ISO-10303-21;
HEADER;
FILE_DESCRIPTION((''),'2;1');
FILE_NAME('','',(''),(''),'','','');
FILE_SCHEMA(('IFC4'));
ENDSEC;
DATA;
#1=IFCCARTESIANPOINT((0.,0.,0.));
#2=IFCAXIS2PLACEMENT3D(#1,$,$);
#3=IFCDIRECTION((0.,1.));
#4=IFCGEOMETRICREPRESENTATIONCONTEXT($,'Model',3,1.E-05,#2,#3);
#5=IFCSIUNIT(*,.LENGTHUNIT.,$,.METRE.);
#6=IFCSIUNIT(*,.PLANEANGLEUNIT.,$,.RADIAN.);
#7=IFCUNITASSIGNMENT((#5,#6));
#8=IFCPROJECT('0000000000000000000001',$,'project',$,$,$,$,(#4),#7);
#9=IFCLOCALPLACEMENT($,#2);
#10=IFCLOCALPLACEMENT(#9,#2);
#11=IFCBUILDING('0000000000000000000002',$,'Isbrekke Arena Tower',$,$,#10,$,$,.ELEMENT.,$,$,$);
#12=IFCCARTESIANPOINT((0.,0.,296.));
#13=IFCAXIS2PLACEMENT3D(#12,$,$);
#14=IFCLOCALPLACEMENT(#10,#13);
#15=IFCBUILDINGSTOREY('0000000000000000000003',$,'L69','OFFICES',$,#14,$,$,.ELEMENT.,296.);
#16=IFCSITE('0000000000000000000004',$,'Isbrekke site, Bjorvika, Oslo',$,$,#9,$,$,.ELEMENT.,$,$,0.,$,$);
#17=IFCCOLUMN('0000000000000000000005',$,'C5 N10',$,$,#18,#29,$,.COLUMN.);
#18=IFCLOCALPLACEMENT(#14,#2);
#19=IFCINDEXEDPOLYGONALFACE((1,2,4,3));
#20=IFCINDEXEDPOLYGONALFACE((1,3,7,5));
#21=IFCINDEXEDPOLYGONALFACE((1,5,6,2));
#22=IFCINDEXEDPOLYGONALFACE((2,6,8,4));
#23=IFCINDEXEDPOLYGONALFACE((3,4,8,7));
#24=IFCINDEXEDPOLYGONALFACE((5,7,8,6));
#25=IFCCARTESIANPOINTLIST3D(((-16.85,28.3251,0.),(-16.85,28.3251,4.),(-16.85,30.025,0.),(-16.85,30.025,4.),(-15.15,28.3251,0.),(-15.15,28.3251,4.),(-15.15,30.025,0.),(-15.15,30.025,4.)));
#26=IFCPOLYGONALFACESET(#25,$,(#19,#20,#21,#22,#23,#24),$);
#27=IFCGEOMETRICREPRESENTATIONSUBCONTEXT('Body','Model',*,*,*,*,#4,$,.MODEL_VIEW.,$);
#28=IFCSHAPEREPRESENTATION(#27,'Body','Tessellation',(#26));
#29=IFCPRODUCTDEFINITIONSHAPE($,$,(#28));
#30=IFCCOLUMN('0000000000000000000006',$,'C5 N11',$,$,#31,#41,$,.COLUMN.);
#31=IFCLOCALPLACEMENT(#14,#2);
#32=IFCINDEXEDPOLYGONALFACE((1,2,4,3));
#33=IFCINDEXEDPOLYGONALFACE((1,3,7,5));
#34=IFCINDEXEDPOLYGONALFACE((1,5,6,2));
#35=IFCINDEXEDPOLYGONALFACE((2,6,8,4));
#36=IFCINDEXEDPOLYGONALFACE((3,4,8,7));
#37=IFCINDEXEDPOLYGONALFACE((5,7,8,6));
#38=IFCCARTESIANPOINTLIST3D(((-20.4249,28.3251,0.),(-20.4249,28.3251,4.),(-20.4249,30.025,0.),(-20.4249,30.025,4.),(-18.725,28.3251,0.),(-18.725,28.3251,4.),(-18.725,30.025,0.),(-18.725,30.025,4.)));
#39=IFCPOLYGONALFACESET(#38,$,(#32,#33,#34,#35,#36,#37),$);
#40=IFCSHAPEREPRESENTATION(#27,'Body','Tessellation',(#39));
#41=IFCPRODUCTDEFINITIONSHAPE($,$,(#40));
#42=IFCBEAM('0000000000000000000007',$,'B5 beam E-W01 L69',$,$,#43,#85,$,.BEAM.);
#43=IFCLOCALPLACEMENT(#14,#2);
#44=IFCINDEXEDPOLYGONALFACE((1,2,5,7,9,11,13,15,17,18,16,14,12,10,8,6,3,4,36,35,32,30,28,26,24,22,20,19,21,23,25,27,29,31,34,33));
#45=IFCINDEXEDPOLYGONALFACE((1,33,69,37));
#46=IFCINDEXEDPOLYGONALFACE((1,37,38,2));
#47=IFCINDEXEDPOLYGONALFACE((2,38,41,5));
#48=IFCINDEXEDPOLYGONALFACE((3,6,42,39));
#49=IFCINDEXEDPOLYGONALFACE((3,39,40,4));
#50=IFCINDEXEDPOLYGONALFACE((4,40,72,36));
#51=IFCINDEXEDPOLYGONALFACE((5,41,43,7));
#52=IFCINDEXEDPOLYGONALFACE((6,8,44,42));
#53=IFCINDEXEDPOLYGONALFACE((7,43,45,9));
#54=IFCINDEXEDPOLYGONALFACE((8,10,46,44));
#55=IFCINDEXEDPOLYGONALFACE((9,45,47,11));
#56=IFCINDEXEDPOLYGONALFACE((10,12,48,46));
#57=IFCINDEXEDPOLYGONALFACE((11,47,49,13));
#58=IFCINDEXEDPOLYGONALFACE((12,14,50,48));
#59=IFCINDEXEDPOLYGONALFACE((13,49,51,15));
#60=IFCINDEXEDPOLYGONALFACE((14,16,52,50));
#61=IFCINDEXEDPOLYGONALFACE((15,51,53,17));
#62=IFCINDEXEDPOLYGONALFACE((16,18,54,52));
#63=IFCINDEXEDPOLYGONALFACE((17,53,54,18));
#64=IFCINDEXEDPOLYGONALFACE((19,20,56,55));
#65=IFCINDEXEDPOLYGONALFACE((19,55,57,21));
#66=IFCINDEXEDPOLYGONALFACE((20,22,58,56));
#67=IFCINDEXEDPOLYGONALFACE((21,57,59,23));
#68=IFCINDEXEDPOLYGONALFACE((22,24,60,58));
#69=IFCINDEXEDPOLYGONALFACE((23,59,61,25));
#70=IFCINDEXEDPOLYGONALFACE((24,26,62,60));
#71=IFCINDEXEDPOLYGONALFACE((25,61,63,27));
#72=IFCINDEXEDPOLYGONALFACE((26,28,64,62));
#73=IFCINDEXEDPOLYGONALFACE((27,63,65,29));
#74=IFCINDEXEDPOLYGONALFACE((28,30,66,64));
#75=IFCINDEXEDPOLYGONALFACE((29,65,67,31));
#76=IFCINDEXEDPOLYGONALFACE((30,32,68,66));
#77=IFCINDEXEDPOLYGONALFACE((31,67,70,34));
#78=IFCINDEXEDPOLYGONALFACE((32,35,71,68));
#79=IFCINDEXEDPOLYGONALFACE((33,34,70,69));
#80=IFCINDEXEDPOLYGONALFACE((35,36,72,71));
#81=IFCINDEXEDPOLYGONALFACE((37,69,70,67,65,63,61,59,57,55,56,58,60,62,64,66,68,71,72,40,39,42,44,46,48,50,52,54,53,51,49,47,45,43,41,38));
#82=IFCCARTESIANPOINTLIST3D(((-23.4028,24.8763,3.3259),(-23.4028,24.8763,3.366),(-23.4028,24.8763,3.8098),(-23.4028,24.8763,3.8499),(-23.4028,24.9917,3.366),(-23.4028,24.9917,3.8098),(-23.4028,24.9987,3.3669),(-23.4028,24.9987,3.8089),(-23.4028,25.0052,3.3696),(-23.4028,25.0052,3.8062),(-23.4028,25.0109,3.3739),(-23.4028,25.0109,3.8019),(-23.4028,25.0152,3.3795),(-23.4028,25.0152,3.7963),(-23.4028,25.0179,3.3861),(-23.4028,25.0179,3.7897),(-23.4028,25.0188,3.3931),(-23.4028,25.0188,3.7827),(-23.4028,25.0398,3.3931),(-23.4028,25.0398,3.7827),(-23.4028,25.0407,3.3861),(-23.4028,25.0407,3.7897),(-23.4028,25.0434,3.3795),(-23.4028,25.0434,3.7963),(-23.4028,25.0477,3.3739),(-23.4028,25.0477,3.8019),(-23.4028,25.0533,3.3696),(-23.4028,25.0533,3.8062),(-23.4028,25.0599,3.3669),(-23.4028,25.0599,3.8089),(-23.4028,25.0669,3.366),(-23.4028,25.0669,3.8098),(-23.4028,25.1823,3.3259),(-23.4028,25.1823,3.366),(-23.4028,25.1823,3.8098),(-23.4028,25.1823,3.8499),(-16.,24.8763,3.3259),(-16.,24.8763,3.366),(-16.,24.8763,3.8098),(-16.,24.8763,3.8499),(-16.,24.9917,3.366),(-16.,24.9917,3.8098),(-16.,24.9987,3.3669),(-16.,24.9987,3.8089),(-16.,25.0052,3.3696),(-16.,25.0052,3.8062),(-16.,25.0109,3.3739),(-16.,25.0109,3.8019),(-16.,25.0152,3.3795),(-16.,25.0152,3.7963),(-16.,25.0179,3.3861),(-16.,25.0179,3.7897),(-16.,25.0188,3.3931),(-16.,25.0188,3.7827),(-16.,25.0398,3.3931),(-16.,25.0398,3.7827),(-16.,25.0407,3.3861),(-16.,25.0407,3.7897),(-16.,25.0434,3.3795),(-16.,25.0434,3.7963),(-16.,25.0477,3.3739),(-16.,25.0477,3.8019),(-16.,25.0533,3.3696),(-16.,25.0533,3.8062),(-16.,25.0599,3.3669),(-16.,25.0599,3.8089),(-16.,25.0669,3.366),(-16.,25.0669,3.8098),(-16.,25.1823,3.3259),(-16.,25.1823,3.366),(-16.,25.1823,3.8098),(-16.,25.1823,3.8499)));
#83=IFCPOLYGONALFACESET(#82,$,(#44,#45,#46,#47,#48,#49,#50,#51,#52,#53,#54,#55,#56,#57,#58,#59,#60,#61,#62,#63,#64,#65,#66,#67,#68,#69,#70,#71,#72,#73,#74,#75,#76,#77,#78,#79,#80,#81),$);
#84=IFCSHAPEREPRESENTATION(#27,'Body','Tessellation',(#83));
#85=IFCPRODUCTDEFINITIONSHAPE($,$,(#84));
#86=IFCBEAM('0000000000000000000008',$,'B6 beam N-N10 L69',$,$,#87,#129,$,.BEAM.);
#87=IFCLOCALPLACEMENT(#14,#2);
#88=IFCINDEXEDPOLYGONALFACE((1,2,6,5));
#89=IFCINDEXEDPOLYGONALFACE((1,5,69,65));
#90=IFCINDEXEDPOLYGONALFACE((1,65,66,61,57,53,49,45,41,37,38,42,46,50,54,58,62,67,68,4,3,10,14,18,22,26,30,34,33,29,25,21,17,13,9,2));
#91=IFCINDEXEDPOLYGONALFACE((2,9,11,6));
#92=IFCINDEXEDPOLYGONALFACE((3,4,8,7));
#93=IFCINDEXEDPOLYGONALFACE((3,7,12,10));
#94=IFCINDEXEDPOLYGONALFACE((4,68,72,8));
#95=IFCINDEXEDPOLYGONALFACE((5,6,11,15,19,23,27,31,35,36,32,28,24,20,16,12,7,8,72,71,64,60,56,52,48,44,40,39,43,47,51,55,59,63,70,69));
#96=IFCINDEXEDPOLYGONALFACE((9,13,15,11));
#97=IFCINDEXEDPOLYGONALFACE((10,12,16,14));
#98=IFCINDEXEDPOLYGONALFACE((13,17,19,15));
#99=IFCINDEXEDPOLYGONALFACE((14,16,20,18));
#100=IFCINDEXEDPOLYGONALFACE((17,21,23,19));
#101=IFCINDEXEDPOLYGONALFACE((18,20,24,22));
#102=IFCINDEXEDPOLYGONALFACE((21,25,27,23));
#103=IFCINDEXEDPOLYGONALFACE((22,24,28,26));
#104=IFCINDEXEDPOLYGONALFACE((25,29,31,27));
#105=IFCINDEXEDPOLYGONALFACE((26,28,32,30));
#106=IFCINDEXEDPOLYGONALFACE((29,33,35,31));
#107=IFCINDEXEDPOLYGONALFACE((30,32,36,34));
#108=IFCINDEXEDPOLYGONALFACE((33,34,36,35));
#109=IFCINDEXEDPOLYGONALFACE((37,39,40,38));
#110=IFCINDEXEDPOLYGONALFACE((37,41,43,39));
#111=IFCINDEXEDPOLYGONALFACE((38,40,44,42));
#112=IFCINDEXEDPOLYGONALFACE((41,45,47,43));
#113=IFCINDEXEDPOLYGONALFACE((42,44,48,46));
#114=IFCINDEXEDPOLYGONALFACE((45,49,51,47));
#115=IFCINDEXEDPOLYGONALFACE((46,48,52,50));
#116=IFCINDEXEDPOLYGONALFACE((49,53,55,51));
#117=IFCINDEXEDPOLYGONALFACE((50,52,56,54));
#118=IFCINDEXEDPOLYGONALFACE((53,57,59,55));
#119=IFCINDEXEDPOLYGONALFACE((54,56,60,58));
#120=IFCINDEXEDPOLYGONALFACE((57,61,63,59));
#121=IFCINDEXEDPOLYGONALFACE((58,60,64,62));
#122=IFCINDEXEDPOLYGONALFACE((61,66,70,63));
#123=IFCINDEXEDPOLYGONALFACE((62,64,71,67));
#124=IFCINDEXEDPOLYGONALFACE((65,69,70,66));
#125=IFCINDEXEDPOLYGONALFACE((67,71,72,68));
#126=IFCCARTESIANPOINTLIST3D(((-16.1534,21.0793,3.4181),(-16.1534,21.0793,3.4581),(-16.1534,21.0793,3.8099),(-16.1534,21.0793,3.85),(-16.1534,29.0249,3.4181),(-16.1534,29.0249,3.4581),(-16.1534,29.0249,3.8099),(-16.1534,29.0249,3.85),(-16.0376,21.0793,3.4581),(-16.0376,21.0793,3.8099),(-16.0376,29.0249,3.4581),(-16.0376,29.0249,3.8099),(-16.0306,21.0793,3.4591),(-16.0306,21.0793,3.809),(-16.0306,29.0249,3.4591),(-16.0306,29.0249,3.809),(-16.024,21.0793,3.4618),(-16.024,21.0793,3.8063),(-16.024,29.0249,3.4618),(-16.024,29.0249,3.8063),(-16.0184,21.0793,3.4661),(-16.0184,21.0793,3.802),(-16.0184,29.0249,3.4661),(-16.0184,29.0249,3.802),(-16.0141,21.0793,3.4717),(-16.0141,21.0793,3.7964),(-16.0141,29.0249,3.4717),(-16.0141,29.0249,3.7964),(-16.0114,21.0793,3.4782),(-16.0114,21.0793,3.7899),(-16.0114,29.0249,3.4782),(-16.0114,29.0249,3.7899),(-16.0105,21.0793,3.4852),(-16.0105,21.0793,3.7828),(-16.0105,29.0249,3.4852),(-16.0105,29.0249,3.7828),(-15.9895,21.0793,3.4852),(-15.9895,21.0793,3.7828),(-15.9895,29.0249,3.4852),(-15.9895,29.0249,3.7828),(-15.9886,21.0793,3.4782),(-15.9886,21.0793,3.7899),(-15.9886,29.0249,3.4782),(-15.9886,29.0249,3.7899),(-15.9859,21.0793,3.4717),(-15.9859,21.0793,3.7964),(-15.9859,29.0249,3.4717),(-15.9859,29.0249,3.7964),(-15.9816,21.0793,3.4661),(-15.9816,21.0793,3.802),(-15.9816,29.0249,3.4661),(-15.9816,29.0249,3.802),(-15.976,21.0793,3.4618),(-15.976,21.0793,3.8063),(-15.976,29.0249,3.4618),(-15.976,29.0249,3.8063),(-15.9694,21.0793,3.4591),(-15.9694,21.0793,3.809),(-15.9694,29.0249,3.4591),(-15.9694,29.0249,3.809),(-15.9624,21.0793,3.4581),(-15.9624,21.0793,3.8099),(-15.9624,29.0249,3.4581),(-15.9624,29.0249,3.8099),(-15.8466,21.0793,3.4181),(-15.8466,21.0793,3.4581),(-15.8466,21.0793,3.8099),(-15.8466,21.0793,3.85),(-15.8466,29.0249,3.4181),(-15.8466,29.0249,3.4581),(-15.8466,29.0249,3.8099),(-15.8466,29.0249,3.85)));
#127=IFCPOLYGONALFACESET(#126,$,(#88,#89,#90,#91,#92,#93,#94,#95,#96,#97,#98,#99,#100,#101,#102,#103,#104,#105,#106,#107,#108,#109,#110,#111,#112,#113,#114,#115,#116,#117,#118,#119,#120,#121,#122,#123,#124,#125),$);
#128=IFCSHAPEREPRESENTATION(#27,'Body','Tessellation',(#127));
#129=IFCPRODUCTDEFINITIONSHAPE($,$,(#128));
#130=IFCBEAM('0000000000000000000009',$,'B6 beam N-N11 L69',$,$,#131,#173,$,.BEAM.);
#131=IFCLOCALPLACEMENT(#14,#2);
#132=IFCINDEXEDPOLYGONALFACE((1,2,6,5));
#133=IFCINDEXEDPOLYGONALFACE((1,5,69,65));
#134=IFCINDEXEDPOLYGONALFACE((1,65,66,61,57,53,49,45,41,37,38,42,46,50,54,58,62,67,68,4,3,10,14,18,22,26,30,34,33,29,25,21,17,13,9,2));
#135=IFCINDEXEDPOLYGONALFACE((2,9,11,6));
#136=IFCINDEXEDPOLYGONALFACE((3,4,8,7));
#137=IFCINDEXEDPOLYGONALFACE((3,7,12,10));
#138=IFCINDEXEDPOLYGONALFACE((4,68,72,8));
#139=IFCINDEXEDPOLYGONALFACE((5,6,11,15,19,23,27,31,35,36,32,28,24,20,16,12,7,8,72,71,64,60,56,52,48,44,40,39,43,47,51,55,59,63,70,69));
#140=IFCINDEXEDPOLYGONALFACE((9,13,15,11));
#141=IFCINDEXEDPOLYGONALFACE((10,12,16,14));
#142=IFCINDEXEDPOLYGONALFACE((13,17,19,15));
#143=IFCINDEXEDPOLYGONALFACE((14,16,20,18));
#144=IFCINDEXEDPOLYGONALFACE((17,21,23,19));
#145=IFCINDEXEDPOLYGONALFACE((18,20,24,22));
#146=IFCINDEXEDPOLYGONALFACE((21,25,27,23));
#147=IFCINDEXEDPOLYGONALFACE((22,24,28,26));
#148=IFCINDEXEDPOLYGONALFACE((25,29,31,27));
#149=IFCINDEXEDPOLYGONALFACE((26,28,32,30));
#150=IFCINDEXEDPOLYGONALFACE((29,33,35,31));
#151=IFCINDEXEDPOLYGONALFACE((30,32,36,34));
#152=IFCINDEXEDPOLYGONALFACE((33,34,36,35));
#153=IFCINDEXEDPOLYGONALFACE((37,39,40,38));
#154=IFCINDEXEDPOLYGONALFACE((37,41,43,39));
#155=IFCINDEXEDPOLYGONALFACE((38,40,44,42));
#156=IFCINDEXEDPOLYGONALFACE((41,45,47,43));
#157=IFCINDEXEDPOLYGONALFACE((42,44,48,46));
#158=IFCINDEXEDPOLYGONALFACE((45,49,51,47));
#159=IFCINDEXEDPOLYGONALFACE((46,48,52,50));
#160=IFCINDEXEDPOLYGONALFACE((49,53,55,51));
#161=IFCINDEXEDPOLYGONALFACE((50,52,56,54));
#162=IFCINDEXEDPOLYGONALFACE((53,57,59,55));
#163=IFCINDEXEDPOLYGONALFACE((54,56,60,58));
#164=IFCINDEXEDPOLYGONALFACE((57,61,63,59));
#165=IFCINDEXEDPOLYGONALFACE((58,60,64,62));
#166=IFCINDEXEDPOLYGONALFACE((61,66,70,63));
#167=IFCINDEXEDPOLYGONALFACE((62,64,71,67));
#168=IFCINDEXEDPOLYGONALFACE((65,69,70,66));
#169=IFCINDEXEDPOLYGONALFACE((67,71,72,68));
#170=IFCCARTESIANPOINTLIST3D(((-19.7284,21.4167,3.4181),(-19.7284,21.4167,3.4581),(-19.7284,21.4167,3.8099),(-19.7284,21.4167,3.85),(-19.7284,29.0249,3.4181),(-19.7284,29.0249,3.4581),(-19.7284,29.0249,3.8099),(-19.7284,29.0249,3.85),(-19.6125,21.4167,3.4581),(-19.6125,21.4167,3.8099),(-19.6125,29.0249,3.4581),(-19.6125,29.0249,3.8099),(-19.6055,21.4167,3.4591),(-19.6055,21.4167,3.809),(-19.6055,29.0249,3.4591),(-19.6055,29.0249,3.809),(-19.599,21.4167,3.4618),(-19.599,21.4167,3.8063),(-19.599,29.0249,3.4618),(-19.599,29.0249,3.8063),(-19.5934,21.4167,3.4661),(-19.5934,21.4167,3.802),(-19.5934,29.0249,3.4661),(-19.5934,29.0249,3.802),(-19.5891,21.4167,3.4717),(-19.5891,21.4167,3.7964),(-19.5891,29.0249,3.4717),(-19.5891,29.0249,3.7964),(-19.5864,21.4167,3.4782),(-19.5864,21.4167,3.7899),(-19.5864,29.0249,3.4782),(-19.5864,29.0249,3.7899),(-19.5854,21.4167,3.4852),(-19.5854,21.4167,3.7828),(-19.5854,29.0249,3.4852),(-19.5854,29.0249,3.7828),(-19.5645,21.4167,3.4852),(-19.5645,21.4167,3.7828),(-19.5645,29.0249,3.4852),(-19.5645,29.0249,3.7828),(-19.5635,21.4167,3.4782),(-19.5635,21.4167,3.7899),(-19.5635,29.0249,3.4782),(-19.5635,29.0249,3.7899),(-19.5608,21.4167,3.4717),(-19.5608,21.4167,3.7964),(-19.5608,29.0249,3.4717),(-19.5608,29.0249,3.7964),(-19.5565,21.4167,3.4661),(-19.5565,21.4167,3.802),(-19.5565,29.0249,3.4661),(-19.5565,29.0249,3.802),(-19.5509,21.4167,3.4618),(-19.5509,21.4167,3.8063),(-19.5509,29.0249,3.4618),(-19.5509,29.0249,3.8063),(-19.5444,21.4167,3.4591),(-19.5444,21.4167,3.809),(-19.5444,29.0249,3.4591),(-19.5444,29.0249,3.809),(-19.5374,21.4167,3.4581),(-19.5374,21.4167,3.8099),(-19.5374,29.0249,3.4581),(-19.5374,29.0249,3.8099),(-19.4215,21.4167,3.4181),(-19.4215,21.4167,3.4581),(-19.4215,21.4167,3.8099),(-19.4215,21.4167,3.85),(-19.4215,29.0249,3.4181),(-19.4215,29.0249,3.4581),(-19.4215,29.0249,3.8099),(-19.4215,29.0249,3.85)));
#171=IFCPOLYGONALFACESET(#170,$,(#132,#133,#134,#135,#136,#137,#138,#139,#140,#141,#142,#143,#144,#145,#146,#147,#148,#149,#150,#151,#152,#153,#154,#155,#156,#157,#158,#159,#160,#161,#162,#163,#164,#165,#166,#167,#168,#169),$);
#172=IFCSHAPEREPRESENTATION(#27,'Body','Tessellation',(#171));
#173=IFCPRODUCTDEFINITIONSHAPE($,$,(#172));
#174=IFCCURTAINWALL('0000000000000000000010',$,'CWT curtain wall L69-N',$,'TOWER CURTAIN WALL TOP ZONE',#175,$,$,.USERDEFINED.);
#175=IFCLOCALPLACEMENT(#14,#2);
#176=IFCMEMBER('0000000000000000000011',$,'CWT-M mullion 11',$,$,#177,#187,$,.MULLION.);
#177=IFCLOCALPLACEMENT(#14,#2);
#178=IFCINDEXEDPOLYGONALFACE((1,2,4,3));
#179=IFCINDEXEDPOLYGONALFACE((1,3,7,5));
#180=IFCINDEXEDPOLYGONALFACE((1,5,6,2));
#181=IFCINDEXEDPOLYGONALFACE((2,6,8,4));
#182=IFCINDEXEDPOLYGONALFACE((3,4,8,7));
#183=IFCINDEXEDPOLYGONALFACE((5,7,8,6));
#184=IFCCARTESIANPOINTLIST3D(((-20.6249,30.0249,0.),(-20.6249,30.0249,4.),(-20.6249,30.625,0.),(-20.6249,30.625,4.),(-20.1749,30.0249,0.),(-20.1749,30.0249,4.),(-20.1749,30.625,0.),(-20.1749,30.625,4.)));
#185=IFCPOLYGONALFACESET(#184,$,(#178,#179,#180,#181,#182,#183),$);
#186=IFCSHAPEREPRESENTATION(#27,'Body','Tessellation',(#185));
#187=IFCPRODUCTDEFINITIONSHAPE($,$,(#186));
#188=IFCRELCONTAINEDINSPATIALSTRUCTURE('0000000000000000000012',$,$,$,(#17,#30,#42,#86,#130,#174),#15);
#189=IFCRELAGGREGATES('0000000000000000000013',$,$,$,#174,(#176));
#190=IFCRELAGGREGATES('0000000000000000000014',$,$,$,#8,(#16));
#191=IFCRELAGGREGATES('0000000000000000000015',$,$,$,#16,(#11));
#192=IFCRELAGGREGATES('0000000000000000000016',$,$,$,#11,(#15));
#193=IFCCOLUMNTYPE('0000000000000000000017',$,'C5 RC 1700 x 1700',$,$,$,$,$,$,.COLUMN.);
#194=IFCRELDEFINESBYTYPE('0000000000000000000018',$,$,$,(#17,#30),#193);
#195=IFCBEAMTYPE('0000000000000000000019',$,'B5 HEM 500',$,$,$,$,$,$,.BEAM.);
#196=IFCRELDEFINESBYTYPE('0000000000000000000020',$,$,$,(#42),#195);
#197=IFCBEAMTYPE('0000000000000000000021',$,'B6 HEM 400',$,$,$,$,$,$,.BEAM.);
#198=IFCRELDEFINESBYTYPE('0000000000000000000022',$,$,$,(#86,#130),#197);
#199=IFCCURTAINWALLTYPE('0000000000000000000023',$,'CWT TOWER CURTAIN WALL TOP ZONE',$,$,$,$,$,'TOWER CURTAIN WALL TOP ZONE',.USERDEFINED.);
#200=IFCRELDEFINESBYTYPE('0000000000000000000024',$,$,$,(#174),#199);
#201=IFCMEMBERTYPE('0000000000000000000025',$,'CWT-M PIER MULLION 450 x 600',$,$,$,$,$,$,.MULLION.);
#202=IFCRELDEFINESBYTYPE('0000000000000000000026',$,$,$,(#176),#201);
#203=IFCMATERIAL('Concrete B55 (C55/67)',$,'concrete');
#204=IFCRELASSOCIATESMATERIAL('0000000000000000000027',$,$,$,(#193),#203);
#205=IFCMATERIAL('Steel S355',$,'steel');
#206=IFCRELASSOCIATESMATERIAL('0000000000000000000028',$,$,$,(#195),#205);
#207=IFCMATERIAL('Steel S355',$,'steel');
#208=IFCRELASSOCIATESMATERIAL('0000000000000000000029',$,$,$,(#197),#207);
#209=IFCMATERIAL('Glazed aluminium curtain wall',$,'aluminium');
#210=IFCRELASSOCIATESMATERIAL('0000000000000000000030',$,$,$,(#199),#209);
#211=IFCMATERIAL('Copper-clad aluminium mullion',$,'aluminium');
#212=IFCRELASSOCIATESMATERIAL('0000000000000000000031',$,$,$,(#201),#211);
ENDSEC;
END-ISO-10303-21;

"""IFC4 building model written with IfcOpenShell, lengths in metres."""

from ifc_helpers import new_model, si_unit, direction, frame, origin, origin_2d, place, context, subcontext, project, spatial, rectangle, i_section, extrude, material, material_profile, profile_set, type_object, element, aggregate, save


model = new_model("IFC4")

# Units and contexts
model_context = context("Model", 3, precision=1e-05, world=origin(), true_north=direction((0.0, 1.0)))
body_context = subcontext(model_context, "Body", "Model", "MODEL_VIEW")
ifc_project = project(units=[si_unit("LENGTHUNIT", "METRE"), si_unit("PLANEANGLEUNIT", "RADIAN")], contexts=[model_context])

# Site, building, storey
site_placement = place(None, origin())
site = spatial("IfcSite", under=ifc_project, at=site_placement, Name="Isbrekke site, Bjorvika, Oslo", CompositionType="ELEMENT", RefElevation=0.0)
building_placement = place(site_placement, origin())
building = spatial("IfcBuilding", under=site, at=building_placement, Name="Isbrekke Arena Tower", CompositionType="ELEMENT")
storey_placement = place(building_placement, frame((0.0, 0.0, 296.0)))
storey = spatial("IfcBuildingStorey", under=building, at=storey_placement, Name="L69", Description="OFFICES", CompositionType="ELEMENT", Elevation=296.0)

# Columns
ifc_material_1 = material(Name="Concrete B55 (C55/67)", Category="concrete")
ifc_material_profile_1 = material_profile(ifc_material_1, rectangle(XDim=1.7, YDim=1.7, at=origin_2d()), Name="RC 1700x1700")
ifc_profile_set_1 = profile_set([ifc_material_profile_1], Name="Concrete B55 (C55/67)")
column_type = type_object("IfcColumnType", Name="C5 RC 1700 x 1700", PredefinedType="COLUMN", material=ifc_profile_set_1)
for number, where, z_axis, x_axis, name in (
    (1, (-16.0, 29.175, 0.0), (0.0, 0.0, 1.0), (-1.0, 0.0, 0.0), "C5 N10"),
    (2, (-19.575, 29.175, 0.0), (0.0, 0.0, 1.0), (-1.0, 0.0, 0.0), "C5 N11"),
):
    element("IfcColumn", number, at=place(storey_placement, frame(where, z_axis=z_axis, x_axis=x_axis)), inside=storey, type_object=column_type, Name=name, PredefinedType="COLUMN", context=body_context, shape_type="SweptSolid", body=[
        extrude(rectangle(XDim=1.7, YDim=1.7, at=origin_2d()), origin(), (0.0, 0.0, 1.0), 4.0),
    ])

# Beams
ifc_material_2 = material(Name="Steel S355", Category="steel")
ifc_material_profile_2 = material_profile(ifc_material_2, i_section(OverallWidth=0.3059, OverallDepth=0.5239, WebThickness=0.021, FlangeThickness=0.04, FilletRadius=0.0271, at=origin_2d()), Name="HEM 500")
ifc_profile_set_2 = profile_set([ifc_material_profile_2], Name="Steel S355")
beam_type_1 = type_object("IfcBeamType", Name="B5 HEM 500", PredefinedType="BEAM", material=ifc_profile_set_2)
beam_1_placement = place(storey_placement, frame((-23.4028, 25.0293, 3.5879), z_axis=(1.0, 0.0, 0.0), x_axis=(0.0, 1.0, 0.0)))
element("IfcBeam", 3, at=beam_1_placement, inside=storey, type_object=beam_type_1, Name="B5 beam E-W01 L69", PredefinedType="BEAM", context=body_context, shape_type="SweptSolid", body=[
    extrude(i_section(OverallWidth=0.3059, OverallDepth=0.5239, WebThickness=0.021, FlangeThickness=0.04, FilletRadius=0.0271, at=origin_2d()), origin(), (0.0, 0.0, 1.0), 7.4028),
])
ifc_material_3 = material(Name="Steel S355", Category="steel")
ifc_material_profile_3 = material_profile(ifc_material_3, i_section(OverallWidth=0.3069, OverallDepth=0.4319, WebThickness=0.021, FlangeThickness=0.04, FilletRadius=0.0271, at=origin_2d()), Name="HEM 400")
ifc_profile_set_3 = profile_set([ifc_material_profile_3], Name="Steel S355")
beam_type_2 = type_object("IfcBeamType", Name="B6 HEM 400", PredefinedType="BEAM", material=ifc_profile_set_3)
beam_2_placement = place(storey_placement, frame((-16.0, 29.0249, 3.634), z_axis=(0.0, -1.0, 0.0), x_axis=(1.0, 0.0, 0.0)))
element("IfcBeam", 4, at=beam_2_placement, inside=storey, type_object=beam_type_2, Name="B6 beam N-N10 L69", PredefinedType="BEAM", context=body_context, shape_type="SweptSolid", body=[
    extrude(i_section(OverallWidth=0.3069, OverallDepth=0.4319, WebThickness=0.021, FlangeThickness=0.04, FilletRadius=0.0271, at=origin_2d()), origin(), (0.0, 0.0, 1.0), 7.9456),
])
beam_3_placement = place(storey_placement, frame((-19.575, 29.0249, 3.634), z_axis=(0.0, -1.0, 0.0), x_axis=(1.0, 0.0, 0.0)))
element("IfcBeam", 5, at=beam_3_placement, inside=storey, type_object=beam_type_2, Name="B6 beam N-N11 L69", PredefinedType="BEAM", context=body_context, shape_type="SweptSolid", body=[
    extrude(i_section(OverallWidth=0.3069, OverallDepth=0.4319, WebThickness=0.021, FlangeThickness=0.04, FilletRadius=0.0271, at=origin_2d()), origin(), (0.0, 0.0, 1.0), 7.6082),
])

# Curtain wall, member
ifc_material_4 = material(Name="Glazed aluminium curtain wall", Category="aluminium")
curtain_wall_type = type_object("IfcCurtainWallType", Name="CWT TOWER CURTAIN WALL TOP ZONE", ElementType="TOWER CURTAIN WALL TOP ZONE", PredefinedType="USERDEFINED", material=ifc_material_4)
curtain_wall_1_placement = place(storey_placement, origin())
curtain_wall_1 = element("IfcCurtainWall", 6, at=curtain_wall_1_placement, inside=storey, type_object=curtain_wall_type, Name="CWT curtain wall L69-N", ObjectType="TOWER CURTAIN WALL TOP ZONE", PredefinedType="USERDEFINED")
ifc_material_5 = material(Name="Copper-clad aluminium mullion", Category="aluminium")
ifc_material_profile_4 = material_profile(ifc_material_5, rectangle(XDim=0.45, YDim=0.6001, at=origin_2d()), Name="PIER 450X600")
ifc_profile_set_4 = profile_set([ifc_material_profile_4], Name="Copper-clad aluminium mullion")
member_type_1 = type_object("IfcMemberType", Name="CWT-M PIER MULLION 450 x 600", PredefinedType="MULLION", material=ifc_profile_set_4)
member_1_placement = place(storey_placement, frame((-20.3999, 30.325, 0.0), z_axis=(0.0, 0.0, 1.0), x_axis=(-1.0, 0.0, 0.0)))
member_1 = element("IfcMember", 7, at=member_1_placement, type_object=member_type_1, Name="CWT-M mullion 11", PredefinedType="MULLION", context=body_context, shape_type="SweptSolid", body=[
    extrude(rectangle(XDim=0.45, YDim=0.6001, at=origin_2d()), origin(), (0.0, 0.0, 1.0), 4.0),
])

aggregate(curtain_wall_1, [member_1])

save(model, "model.ifc")
